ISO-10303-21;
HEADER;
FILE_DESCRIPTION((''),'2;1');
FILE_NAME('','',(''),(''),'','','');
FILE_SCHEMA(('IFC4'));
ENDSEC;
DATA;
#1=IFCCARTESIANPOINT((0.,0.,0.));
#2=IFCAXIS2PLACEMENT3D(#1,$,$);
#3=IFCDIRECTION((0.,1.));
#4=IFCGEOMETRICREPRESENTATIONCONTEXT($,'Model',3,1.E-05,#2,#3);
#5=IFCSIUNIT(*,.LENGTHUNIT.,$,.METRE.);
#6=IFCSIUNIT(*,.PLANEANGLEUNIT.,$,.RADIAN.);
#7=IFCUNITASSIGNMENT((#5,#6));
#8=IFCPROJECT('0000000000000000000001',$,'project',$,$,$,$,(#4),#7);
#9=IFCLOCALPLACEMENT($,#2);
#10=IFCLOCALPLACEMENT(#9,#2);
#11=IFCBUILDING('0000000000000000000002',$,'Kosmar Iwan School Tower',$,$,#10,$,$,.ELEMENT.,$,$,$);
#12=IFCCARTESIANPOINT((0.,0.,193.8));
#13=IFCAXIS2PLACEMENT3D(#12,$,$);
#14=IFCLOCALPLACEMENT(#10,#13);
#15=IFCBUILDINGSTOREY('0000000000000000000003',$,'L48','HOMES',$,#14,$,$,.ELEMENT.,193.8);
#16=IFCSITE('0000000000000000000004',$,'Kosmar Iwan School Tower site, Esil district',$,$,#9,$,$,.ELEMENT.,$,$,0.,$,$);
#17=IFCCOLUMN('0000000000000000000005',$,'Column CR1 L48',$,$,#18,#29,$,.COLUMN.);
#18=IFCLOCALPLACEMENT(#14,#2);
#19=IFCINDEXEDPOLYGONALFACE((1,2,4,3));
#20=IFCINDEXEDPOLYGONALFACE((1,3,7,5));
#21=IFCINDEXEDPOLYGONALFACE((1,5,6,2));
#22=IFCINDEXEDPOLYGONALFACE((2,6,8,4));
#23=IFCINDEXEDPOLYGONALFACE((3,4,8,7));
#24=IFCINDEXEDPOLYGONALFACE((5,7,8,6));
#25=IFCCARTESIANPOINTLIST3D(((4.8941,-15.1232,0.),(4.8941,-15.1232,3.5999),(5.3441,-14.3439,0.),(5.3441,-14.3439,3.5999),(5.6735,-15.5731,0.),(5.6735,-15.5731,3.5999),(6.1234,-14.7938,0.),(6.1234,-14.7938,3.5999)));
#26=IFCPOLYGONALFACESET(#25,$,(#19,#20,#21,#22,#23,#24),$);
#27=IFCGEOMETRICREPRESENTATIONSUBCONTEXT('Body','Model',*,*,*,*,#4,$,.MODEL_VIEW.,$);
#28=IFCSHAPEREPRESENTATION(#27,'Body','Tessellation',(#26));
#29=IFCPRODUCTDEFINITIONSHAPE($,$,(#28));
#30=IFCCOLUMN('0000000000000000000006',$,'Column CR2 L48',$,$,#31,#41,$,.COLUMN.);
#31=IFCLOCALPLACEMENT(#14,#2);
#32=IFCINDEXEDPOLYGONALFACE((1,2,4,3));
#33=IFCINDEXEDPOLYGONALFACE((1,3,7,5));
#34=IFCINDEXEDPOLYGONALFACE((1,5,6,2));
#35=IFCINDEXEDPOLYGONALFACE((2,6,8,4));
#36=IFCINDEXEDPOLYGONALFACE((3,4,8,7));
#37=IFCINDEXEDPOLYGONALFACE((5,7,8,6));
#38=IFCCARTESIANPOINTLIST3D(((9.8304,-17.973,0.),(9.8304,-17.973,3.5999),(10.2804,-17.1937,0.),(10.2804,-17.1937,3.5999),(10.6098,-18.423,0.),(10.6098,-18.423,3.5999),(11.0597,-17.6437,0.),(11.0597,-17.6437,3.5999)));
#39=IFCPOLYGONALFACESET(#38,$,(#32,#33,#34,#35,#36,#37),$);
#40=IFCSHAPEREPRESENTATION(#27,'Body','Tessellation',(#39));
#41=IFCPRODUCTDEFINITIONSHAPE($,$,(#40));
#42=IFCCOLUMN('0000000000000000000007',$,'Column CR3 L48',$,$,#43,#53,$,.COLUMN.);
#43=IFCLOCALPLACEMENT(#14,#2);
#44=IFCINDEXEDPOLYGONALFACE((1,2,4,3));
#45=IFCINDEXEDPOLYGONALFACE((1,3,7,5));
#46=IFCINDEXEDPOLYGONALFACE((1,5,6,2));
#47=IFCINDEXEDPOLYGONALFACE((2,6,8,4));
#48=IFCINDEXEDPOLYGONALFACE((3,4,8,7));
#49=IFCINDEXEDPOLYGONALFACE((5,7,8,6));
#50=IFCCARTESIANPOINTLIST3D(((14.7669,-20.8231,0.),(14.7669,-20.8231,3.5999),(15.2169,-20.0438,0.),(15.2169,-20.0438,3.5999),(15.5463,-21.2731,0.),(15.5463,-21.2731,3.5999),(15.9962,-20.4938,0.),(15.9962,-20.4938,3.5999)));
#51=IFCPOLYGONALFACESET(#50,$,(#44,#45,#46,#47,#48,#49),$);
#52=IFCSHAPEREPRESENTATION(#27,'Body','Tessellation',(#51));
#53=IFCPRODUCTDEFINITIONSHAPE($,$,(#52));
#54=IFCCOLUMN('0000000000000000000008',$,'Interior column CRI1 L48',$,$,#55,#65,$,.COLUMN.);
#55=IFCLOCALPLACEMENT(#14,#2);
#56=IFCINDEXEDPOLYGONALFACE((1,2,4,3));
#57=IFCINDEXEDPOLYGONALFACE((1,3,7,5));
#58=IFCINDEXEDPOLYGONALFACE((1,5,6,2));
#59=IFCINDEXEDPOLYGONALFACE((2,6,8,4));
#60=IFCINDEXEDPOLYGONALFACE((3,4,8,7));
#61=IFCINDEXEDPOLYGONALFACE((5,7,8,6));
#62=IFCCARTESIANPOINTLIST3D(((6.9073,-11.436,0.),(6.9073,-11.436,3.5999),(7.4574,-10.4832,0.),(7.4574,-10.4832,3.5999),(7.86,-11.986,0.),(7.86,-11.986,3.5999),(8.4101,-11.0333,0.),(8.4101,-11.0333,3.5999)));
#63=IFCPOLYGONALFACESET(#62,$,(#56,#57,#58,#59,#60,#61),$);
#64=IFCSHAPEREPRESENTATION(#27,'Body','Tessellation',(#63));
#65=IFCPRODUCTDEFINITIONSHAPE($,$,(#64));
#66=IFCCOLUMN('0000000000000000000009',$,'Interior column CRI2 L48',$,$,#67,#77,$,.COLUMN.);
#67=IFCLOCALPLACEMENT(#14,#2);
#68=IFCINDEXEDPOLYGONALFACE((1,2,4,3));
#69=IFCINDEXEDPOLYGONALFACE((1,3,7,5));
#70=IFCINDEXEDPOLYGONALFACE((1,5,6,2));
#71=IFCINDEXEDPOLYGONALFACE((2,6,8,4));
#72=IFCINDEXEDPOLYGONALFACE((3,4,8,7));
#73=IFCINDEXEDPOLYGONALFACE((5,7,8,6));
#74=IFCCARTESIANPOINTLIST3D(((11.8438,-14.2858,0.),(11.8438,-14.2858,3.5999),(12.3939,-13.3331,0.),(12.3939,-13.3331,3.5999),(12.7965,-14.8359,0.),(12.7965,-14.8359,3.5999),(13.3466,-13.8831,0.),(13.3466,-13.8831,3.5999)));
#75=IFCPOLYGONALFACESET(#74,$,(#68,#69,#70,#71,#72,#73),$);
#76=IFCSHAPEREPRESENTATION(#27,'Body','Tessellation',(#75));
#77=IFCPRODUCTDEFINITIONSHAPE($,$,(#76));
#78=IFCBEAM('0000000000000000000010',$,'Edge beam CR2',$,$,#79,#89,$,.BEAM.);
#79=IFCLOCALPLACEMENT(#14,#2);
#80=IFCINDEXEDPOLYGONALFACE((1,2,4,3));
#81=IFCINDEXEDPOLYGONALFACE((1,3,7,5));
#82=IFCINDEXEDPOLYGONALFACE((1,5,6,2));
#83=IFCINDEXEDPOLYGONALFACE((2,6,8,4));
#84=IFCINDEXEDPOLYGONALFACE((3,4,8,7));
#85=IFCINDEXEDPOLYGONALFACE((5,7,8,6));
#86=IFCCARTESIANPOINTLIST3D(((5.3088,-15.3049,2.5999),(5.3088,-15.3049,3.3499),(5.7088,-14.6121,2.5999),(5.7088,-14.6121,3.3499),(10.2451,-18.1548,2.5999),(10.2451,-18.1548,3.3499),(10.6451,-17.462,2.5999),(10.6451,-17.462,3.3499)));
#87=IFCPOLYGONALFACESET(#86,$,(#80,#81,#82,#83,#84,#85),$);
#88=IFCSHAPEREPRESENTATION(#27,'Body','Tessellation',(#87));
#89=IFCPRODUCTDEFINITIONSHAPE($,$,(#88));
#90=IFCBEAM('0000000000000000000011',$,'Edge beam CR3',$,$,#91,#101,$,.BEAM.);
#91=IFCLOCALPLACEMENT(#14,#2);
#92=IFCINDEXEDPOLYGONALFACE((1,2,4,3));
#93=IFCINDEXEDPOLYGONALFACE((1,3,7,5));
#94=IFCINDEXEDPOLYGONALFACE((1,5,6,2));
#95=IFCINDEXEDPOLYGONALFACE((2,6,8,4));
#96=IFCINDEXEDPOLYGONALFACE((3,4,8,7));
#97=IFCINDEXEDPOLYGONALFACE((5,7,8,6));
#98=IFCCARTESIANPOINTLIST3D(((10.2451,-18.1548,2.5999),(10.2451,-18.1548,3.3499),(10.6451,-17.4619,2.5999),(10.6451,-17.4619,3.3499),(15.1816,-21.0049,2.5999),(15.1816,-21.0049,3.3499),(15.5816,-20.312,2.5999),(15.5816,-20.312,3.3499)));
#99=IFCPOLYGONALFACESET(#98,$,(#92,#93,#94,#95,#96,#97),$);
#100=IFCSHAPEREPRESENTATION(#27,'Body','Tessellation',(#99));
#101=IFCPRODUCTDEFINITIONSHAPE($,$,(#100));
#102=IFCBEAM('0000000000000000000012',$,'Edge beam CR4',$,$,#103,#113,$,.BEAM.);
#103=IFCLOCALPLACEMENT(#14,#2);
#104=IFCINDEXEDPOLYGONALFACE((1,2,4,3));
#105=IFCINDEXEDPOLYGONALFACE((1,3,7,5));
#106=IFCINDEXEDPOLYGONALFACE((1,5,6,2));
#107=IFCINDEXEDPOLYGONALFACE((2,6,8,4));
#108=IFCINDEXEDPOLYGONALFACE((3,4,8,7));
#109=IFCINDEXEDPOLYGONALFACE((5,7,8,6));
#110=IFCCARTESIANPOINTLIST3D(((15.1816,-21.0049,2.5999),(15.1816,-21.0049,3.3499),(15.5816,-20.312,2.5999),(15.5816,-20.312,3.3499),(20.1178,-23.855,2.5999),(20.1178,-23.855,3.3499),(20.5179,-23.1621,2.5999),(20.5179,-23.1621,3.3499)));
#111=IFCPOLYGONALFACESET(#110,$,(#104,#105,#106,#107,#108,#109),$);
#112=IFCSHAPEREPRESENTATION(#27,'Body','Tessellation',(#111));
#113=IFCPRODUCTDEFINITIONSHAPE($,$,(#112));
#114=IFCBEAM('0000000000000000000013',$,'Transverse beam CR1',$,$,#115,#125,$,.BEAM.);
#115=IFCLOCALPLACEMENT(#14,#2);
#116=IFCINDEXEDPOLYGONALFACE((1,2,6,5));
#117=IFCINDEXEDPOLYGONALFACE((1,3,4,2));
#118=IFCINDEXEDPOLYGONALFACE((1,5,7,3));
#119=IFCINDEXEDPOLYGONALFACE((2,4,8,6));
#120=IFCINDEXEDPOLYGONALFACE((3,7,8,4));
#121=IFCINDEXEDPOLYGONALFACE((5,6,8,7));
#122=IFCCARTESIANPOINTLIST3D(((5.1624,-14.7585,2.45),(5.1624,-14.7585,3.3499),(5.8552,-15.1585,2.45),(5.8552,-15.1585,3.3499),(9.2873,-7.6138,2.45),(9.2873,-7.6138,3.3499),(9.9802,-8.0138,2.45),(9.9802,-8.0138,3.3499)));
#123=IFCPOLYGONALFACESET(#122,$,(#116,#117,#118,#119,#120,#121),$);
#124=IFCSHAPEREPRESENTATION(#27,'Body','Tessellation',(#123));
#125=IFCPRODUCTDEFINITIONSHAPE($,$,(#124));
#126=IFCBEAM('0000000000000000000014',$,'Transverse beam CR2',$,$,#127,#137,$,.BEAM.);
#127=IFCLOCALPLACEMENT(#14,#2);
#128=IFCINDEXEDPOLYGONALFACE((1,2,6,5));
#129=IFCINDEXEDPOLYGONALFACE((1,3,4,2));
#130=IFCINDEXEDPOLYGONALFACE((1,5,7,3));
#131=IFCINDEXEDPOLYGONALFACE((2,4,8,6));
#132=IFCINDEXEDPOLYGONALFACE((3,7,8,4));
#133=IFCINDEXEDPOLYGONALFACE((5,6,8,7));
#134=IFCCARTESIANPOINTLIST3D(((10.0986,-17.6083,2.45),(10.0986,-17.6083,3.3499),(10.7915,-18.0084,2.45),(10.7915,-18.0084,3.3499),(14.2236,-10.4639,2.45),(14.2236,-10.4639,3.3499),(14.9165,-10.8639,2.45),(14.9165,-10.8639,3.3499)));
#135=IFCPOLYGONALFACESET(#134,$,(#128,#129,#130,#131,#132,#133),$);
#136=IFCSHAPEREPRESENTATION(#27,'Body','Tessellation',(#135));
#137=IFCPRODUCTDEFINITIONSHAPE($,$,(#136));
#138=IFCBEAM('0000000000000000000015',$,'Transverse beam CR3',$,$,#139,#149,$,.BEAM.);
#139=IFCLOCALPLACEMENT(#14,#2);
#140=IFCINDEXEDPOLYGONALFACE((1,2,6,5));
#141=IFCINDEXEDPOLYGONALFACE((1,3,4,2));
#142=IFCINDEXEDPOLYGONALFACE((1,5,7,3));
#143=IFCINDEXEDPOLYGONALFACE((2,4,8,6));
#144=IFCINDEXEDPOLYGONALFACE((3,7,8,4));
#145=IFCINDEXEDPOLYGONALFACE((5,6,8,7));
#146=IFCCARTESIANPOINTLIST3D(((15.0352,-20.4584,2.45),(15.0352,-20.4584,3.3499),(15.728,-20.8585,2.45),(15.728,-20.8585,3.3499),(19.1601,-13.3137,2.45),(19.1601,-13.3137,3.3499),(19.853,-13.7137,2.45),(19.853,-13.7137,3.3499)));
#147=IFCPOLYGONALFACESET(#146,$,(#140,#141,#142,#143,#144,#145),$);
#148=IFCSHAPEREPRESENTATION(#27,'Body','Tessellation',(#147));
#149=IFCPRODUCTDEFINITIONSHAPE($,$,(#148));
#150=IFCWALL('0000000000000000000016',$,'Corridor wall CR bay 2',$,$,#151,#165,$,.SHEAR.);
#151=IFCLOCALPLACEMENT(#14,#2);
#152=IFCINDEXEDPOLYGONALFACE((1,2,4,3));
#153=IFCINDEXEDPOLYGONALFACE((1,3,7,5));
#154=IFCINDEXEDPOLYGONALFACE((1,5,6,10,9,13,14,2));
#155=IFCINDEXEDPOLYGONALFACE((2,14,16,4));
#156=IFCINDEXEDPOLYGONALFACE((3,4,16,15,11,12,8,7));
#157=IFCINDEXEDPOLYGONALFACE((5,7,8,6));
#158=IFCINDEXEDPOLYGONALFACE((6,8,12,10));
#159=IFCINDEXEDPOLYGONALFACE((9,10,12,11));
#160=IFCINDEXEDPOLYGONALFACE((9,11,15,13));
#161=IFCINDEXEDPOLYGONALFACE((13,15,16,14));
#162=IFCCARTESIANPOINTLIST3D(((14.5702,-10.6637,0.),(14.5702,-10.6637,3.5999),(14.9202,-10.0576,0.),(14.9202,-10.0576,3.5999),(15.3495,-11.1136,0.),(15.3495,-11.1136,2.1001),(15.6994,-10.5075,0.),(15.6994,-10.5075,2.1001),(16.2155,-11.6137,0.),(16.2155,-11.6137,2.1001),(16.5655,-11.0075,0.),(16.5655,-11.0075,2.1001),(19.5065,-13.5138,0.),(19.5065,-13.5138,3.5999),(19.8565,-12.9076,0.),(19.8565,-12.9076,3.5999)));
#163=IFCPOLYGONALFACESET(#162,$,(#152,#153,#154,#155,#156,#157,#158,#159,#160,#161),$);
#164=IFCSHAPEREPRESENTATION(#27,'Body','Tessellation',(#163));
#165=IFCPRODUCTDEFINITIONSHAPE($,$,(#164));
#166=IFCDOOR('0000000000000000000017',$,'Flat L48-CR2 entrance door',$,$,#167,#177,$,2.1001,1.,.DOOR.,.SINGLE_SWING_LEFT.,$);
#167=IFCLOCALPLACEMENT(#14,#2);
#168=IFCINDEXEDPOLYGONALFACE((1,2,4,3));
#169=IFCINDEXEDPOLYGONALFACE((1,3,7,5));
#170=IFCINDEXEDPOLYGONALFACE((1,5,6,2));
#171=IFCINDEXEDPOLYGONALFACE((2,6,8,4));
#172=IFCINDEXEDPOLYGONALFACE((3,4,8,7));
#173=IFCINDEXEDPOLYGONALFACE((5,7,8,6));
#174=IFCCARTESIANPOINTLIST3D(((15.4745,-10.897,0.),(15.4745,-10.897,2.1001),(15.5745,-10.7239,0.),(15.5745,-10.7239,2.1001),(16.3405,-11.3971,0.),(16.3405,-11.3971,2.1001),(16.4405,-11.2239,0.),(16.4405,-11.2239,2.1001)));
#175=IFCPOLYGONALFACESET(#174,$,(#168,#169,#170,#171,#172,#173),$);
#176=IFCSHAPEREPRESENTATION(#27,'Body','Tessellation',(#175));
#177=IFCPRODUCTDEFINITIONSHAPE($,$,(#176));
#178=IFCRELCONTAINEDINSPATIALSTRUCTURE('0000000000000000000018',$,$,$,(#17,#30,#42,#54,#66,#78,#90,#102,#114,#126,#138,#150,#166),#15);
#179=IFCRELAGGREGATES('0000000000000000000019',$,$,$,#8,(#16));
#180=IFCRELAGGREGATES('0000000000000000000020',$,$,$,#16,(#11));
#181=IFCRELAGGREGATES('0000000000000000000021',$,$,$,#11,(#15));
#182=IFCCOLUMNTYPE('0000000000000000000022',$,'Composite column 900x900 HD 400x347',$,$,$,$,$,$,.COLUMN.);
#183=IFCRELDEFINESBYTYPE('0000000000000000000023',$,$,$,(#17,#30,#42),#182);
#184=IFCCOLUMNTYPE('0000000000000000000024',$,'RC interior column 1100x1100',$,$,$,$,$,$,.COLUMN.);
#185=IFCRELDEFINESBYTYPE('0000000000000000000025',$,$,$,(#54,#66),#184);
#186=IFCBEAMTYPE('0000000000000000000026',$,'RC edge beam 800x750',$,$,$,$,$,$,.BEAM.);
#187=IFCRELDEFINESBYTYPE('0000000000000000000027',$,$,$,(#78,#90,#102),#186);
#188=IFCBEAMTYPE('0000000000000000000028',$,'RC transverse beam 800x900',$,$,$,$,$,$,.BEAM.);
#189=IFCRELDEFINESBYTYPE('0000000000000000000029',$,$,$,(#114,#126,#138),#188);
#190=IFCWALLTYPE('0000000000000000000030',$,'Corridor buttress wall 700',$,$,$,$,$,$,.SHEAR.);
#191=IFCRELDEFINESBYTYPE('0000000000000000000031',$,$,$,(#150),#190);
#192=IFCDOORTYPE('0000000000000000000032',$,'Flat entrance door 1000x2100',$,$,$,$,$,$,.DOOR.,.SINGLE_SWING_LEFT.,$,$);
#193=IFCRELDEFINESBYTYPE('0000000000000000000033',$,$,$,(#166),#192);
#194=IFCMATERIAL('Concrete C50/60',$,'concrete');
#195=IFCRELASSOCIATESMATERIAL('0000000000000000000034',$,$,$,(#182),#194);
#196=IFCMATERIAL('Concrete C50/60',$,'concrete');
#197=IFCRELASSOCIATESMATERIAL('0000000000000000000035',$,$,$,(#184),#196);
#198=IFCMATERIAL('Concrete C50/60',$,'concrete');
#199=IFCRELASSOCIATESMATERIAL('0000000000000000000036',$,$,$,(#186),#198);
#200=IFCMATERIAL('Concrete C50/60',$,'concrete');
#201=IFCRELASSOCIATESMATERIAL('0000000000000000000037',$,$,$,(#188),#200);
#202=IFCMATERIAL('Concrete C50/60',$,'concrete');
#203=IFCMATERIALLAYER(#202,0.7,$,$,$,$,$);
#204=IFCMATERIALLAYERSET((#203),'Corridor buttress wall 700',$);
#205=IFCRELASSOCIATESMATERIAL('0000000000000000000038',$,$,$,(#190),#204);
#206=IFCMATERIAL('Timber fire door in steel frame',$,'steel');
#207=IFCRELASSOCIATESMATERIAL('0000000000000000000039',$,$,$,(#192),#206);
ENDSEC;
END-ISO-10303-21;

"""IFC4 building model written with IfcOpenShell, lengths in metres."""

from ifc_helpers import new_model, si_unit, direction, frame, frame_2d, origin, origin_2d, place, context, subcontext, project, spatial, rectangle, extrude, material, layer, layer_set, material_profile, profile_set, type_object, element, fill, save


model = new_model("IFC4")

# Units and contexts
model_context = context("Model", 3, precision=1e-05, world=origin(), true_north=direction((0.0, 1.0)))
body_context = subcontext(model_context, "Body", "Model", "MODEL_VIEW")
ifc_project = project(units=[si_unit("LENGTHUNIT", "METRE"), si_unit("PLANEANGLEUNIT", "RADIAN")], contexts=[model_context])

# Site, building, storey
site_placement = place(None, origin())
site = spatial("IfcSite", under=ifc_project, at=site_placement, Name="Kosmar Iwan School Tower site, Esil district", CompositionType="ELEMENT", RefElevation=0.0)
building_placement = place(site_placement, origin())
building = spatial("IfcBuilding", under=site, at=building_placement, Name="Kosmar Iwan School Tower", CompositionType="ELEMENT")
storey_placement = place(building_placement, frame((0.0, 0.0, 193.8)))
storey = spatial("IfcBuildingStorey", under=building, at=storey_placement, Name="L48", Description="HOMES", CompositionType="ELEMENT", Elevation=193.8)

# Columns
ifc_material_1 = material(Name="Concrete C50/60", Category="concrete")
ifc_material_profile_1 = material_profile(ifc_material_1, rectangle(XDim=0.8999, YDim=0.8999, at=origin_2d()), Name="RC 900x900 + HD 400x347")
ifc_profile_set_1 = profile_set([ifc_material_profile_1], Name="Concrete C50/60")
column_type_1 = type_object("IfcColumnType", Name="Composite column 900x900 HD 400x347", PredefinedType="COLUMN", material=ifc_profile_set_1)
for number, where, z_axis, x_axis, name in (
    (1, (5.5088, -14.9585, 0.0), (0.0, 0.0, 1.0), (0.866025, -0.5, 0.0), "Column CR1 L48"),
    (2, (10.4451, -17.8083, 0.0), (0.0, 0.0, 1.0), (0.866025, -0.5, 0.0), "Column CR2 L48"),
    (3, (15.3816, -20.6584, 0.0), (0.0, 0.0, 1.0), (0.866025, -0.5, 0.0), "Column CR3 L48"),
):
    element("IfcColumn", number, at=place(storey_placement, frame(where, z_axis=z_axis, x_axis=x_axis)), inside=storey, type_object=column_type_1, Name=name, PredefinedType="COLUMN", context=body_context, shape_type="SweptSolid", body=[
        extrude(rectangle(XDim=0.8999, YDim=0.8999, at=origin_2d()), origin(), (0.0, 0.0, 1.0), 3.5999),
    ])
ifc_material_2 = material(Name="Concrete C50/60", Category="concrete")
ifc_material_profile_2 = material_profile(ifc_material_2, rectangle(XDim=1.1001, YDim=1.1001, at=origin_2d()), Name="RC 1100x1100")
ifc_profile_set_2 = profile_set([ifc_material_profile_2], Name="Concrete C50/60")
column_type_2 = type_object("IfcColumnType", Name="RC interior column 1100x1100", PredefinedType="COLUMN", material=ifc_profile_set_2)
for number, where, z_axis, x_axis, name in (
    (4, (7.6587, -11.2346, 0.0), (0.0, 0.0, 1.0), (0.866025, -0.5, 0.0), "Interior column CRI1 L48"),
    (5, (12.5952, -14.0845, 0.0), (0.0, 0.0, 1.0), (0.866025, -0.5, 0.0), "Interior column CRI2 L48"),
):
    element("IfcColumn", number, at=place(storey_placement, frame(where, z_axis=z_axis, x_axis=x_axis)), inside=storey, type_object=column_type_2, Name=name, PredefinedType="COLUMN", context=body_context, shape_type="SweptSolid", body=[
        extrude(rectangle(XDim=1.1001, YDim=1.1001, at=origin_2d()), origin(), (0.0, 0.0, 1.0), 3.5999),
    ])

# Beams
ifc_material_3 = material(Name="Concrete C50/60", Category="concrete")
ifc_material_profile_3 = material_profile(ifc_material_3, rectangle(XDim=0.8, YDim=0.75, at=origin_2d()), Name="RC 800x750")
ifc_profile_set_3 = profile_set([ifc_material_profile_3], Name="Concrete C50/60")
beam_type_1 = type_object("IfcBeamType", Name="RC edge beam 800x750", PredefinedType="BEAM", material=ifc_profile_set_3)
beam_1_placement = place(storey_placement, frame((5.5088, -14.9585, 2.9749), z_axis=(0.866034, -0.499986, 0.0), x_axis=(0.499986, 0.866034, 0.0)))
element("IfcBeam", 6, at=beam_1_placement, inside=storey, type_object=beam_type_1, Name="Edge beam CR2", PredefinedType="BEAM", context=body_context, shape_type="SweptSolid", body=[
    extrude(rectangle(XDim=0.8, YDim=0.75, at=origin_2d()), origin(), (0.0, 0.0, 1.0), 5.7),
])
beam_2_placement = place(storey_placement, frame((10.4451, -17.8083, 2.9749), z_axis=(0.866026, -0.499999, 0.0), x_axis=(0.499999, 0.866026, 0.0)))
element("IfcBeam", 7, at=beam_2_placement, inside=storey, type_object=beam_type_1, Name="Edge beam CR3", PredefinedType="BEAM", context=body_context, shape_type="SweptSolid", body=[
    extrude(rectangle(XDim=0.8, YDim=0.75, at=origin_2d()), origin(), (0.0, 0.0, 1.0), 5.7002),
])
beam_3_placement = place(storey_placement, frame((15.3816, -20.6584, 2.9749), z_axis=(0.866015, -0.500018, 0.0), x_axis=(0.500018, 0.866015, 0.0)))
element("IfcBeam", 8, at=beam_3_placement, inside=storey, type_object=beam_type_1, Name="Edge beam CR4", PredefinedType="BEAM", context=body_context, shape_type="SweptSolid", body=[
    extrude(rectangle(XDim=0.8, YDim=0.75, at=origin_2d()), origin(), (0.0, 0.0, 1.0), 5.7),
])
ifc_material_4 = material(Name="Concrete C50/60", Category="concrete")
ifc_material_profile_4 = material_profile(ifc_material_4, rectangle(XDim=0.8, YDim=0.8999, at=origin_2d()), Name="RC 800x900")
ifc_profile_set_4 = profile_set([ifc_material_profile_4], Name="Concrete C50/60")
beam_type_2 = type_object("IfcBeamType", Name="RC transverse beam 800x900", PredefinedType="BEAM", material=ifc_profile_set_4)
beam_4_placement = place(storey_placement, frame((5.5088, -14.9585, 2.8999), z_axis=(0.499997, 0.866027, 0.0), x_axis=(-0.866027, 0.499997, 0.0)))
element("IfcBeam", 9, at=beam_4_placement, inside=storey, type_object=beam_type_2, Name="Transverse beam CR1", PredefinedType="BEAM", context=body_context, shape_type="SweptSolid", body=[
    extrude(rectangle(XDim=0.8, YDim=0.8999, at=origin_2d()), origin(), (0.0, 0.0, 1.0), 8.25),
])
beam_5_placement = place(storey_placement, frame((10.4451, -17.8083, 2.8999), z_axis=(0.500009, 0.86602, 0.0), x_axis=(-0.86602, 0.500009, 0.0)))
element("IfcBeam", 10, at=beam_5_placement, inside=storey, type_object=beam_type_2, Name="Transverse beam CR2", PredefinedType="BEAM", context=body_context, shape_type="SweptSolid", body=[
    extrude(rectangle(XDim=0.8, YDim=0.8999, at=origin_2d()), origin(), (0.0, 0.0, 1.0), 8.2498),
])
beam_6_placement = place(storey_placement, frame((15.3816, -20.6584, 2.8999), z_axis=(0.499997, 0.866027, 0.0), x_axis=(-0.866027, 0.499997, 0.0)))
element("IfcBeam", 11, at=beam_6_placement, inside=storey, type_object=beam_type_2, Name="Transverse beam CR3", PredefinedType="BEAM", context=body_context, shape_type="SweptSolid", body=[
    extrude(rectangle(XDim=0.8, YDim=0.8999, at=origin_2d()), origin(), (0.0, 0.0, 1.0), 8.25),
])

# Wall, opening, door
ifc_material_5 = material(Name="Concrete C50/60", Category="concrete")
ifc_layer_1 = layer(ifc_material_5, 0.7)
ifc_layer_set_1 = layer_set([ifc_layer_1], Name="Corridor buttress wall 700")
wall_type_1 = type_object("IfcWallType", Name="Corridor buttress wall 700", PredefinedType="SHEAR", material=ifc_layer_set_1)
wall_1_placement = place(storey_placement, frame((14.7451, -10.3606, 0.0), z_axis=(0.0, 0.0, 1.0), x_axis=(0.866015, -0.500018, 0.0)))
wall_1 = element("IfcWall", 12, at=wall_1_placement, inside=storey, type_object=wall_type_1, Name="Corridor wall CR bay 2", PredefinedType="SHEAR", context=body_context, shape_type="SweptSolid", body=[
    extrude(rectangle(XDim=5.7, YDim=0.7, at=frame_2d((2.8501, 0.0))), origin(), (0.0, 0.0, 1.0), 3.5999),
])
opening_1_placement = place(wall_1_placement, frame((0.8999, 0.0, 0.0)))
opening_1 = element("IfcOpeningElement", 13, at=opening_1_placement, cuts=wall_1, PredefinedType="OPENING", context=body_context, shape_type="SweptSolid", body=[
    extrude(rectangle(XDim=1.0, YDim=2.1001, at=frame_2d((0.5, 1.05))), frame((0.0, 0.3621, 0.0), z_axis=(0.0, -1.0, 0.0), x_axis=(1.0, 0.0, 0.0)), (0.0, 0.0, 1.0), 0.7239),
])
ifc_material_6 = material(Name="Timber fire door in steel frame", Category="steel")
door_type_1 = type_object("IfcDoorType", Name="Flat entrance door 1000x2100", OperationType="SINGLE_SWING_LEFT", PredefinedType="DOOR", material=ifc_material_6)
door_1_placement = place(opening_1_placement, origin())
door_1 = element("IfcDoor", 14, at=door_1_placement, inside=storey, type_object=door_type_1, Name="Flat L48-CR2 entrance door", OperationType="SINGLE_SWING_LEFT", OverallHeight=2.1001, OverallWidth=1.0, PredefinedType="DOOR", context=body_context, shape_type="SweptSolid", body=[
    extrude(rectangle(XDim=1.0, YDim=2.1001, at=frame_2d((0.5, 1.05))), frame((0.0, 0.1001, 0.0), z_axis=(0.0, -1.0, 0.0), x_axis=(1.0, 0.0, 0.0)), (0.0, 0.0, 1.0), 0.2),
])
fill(opening_1, door_1)

save(model, "model.ifc")
